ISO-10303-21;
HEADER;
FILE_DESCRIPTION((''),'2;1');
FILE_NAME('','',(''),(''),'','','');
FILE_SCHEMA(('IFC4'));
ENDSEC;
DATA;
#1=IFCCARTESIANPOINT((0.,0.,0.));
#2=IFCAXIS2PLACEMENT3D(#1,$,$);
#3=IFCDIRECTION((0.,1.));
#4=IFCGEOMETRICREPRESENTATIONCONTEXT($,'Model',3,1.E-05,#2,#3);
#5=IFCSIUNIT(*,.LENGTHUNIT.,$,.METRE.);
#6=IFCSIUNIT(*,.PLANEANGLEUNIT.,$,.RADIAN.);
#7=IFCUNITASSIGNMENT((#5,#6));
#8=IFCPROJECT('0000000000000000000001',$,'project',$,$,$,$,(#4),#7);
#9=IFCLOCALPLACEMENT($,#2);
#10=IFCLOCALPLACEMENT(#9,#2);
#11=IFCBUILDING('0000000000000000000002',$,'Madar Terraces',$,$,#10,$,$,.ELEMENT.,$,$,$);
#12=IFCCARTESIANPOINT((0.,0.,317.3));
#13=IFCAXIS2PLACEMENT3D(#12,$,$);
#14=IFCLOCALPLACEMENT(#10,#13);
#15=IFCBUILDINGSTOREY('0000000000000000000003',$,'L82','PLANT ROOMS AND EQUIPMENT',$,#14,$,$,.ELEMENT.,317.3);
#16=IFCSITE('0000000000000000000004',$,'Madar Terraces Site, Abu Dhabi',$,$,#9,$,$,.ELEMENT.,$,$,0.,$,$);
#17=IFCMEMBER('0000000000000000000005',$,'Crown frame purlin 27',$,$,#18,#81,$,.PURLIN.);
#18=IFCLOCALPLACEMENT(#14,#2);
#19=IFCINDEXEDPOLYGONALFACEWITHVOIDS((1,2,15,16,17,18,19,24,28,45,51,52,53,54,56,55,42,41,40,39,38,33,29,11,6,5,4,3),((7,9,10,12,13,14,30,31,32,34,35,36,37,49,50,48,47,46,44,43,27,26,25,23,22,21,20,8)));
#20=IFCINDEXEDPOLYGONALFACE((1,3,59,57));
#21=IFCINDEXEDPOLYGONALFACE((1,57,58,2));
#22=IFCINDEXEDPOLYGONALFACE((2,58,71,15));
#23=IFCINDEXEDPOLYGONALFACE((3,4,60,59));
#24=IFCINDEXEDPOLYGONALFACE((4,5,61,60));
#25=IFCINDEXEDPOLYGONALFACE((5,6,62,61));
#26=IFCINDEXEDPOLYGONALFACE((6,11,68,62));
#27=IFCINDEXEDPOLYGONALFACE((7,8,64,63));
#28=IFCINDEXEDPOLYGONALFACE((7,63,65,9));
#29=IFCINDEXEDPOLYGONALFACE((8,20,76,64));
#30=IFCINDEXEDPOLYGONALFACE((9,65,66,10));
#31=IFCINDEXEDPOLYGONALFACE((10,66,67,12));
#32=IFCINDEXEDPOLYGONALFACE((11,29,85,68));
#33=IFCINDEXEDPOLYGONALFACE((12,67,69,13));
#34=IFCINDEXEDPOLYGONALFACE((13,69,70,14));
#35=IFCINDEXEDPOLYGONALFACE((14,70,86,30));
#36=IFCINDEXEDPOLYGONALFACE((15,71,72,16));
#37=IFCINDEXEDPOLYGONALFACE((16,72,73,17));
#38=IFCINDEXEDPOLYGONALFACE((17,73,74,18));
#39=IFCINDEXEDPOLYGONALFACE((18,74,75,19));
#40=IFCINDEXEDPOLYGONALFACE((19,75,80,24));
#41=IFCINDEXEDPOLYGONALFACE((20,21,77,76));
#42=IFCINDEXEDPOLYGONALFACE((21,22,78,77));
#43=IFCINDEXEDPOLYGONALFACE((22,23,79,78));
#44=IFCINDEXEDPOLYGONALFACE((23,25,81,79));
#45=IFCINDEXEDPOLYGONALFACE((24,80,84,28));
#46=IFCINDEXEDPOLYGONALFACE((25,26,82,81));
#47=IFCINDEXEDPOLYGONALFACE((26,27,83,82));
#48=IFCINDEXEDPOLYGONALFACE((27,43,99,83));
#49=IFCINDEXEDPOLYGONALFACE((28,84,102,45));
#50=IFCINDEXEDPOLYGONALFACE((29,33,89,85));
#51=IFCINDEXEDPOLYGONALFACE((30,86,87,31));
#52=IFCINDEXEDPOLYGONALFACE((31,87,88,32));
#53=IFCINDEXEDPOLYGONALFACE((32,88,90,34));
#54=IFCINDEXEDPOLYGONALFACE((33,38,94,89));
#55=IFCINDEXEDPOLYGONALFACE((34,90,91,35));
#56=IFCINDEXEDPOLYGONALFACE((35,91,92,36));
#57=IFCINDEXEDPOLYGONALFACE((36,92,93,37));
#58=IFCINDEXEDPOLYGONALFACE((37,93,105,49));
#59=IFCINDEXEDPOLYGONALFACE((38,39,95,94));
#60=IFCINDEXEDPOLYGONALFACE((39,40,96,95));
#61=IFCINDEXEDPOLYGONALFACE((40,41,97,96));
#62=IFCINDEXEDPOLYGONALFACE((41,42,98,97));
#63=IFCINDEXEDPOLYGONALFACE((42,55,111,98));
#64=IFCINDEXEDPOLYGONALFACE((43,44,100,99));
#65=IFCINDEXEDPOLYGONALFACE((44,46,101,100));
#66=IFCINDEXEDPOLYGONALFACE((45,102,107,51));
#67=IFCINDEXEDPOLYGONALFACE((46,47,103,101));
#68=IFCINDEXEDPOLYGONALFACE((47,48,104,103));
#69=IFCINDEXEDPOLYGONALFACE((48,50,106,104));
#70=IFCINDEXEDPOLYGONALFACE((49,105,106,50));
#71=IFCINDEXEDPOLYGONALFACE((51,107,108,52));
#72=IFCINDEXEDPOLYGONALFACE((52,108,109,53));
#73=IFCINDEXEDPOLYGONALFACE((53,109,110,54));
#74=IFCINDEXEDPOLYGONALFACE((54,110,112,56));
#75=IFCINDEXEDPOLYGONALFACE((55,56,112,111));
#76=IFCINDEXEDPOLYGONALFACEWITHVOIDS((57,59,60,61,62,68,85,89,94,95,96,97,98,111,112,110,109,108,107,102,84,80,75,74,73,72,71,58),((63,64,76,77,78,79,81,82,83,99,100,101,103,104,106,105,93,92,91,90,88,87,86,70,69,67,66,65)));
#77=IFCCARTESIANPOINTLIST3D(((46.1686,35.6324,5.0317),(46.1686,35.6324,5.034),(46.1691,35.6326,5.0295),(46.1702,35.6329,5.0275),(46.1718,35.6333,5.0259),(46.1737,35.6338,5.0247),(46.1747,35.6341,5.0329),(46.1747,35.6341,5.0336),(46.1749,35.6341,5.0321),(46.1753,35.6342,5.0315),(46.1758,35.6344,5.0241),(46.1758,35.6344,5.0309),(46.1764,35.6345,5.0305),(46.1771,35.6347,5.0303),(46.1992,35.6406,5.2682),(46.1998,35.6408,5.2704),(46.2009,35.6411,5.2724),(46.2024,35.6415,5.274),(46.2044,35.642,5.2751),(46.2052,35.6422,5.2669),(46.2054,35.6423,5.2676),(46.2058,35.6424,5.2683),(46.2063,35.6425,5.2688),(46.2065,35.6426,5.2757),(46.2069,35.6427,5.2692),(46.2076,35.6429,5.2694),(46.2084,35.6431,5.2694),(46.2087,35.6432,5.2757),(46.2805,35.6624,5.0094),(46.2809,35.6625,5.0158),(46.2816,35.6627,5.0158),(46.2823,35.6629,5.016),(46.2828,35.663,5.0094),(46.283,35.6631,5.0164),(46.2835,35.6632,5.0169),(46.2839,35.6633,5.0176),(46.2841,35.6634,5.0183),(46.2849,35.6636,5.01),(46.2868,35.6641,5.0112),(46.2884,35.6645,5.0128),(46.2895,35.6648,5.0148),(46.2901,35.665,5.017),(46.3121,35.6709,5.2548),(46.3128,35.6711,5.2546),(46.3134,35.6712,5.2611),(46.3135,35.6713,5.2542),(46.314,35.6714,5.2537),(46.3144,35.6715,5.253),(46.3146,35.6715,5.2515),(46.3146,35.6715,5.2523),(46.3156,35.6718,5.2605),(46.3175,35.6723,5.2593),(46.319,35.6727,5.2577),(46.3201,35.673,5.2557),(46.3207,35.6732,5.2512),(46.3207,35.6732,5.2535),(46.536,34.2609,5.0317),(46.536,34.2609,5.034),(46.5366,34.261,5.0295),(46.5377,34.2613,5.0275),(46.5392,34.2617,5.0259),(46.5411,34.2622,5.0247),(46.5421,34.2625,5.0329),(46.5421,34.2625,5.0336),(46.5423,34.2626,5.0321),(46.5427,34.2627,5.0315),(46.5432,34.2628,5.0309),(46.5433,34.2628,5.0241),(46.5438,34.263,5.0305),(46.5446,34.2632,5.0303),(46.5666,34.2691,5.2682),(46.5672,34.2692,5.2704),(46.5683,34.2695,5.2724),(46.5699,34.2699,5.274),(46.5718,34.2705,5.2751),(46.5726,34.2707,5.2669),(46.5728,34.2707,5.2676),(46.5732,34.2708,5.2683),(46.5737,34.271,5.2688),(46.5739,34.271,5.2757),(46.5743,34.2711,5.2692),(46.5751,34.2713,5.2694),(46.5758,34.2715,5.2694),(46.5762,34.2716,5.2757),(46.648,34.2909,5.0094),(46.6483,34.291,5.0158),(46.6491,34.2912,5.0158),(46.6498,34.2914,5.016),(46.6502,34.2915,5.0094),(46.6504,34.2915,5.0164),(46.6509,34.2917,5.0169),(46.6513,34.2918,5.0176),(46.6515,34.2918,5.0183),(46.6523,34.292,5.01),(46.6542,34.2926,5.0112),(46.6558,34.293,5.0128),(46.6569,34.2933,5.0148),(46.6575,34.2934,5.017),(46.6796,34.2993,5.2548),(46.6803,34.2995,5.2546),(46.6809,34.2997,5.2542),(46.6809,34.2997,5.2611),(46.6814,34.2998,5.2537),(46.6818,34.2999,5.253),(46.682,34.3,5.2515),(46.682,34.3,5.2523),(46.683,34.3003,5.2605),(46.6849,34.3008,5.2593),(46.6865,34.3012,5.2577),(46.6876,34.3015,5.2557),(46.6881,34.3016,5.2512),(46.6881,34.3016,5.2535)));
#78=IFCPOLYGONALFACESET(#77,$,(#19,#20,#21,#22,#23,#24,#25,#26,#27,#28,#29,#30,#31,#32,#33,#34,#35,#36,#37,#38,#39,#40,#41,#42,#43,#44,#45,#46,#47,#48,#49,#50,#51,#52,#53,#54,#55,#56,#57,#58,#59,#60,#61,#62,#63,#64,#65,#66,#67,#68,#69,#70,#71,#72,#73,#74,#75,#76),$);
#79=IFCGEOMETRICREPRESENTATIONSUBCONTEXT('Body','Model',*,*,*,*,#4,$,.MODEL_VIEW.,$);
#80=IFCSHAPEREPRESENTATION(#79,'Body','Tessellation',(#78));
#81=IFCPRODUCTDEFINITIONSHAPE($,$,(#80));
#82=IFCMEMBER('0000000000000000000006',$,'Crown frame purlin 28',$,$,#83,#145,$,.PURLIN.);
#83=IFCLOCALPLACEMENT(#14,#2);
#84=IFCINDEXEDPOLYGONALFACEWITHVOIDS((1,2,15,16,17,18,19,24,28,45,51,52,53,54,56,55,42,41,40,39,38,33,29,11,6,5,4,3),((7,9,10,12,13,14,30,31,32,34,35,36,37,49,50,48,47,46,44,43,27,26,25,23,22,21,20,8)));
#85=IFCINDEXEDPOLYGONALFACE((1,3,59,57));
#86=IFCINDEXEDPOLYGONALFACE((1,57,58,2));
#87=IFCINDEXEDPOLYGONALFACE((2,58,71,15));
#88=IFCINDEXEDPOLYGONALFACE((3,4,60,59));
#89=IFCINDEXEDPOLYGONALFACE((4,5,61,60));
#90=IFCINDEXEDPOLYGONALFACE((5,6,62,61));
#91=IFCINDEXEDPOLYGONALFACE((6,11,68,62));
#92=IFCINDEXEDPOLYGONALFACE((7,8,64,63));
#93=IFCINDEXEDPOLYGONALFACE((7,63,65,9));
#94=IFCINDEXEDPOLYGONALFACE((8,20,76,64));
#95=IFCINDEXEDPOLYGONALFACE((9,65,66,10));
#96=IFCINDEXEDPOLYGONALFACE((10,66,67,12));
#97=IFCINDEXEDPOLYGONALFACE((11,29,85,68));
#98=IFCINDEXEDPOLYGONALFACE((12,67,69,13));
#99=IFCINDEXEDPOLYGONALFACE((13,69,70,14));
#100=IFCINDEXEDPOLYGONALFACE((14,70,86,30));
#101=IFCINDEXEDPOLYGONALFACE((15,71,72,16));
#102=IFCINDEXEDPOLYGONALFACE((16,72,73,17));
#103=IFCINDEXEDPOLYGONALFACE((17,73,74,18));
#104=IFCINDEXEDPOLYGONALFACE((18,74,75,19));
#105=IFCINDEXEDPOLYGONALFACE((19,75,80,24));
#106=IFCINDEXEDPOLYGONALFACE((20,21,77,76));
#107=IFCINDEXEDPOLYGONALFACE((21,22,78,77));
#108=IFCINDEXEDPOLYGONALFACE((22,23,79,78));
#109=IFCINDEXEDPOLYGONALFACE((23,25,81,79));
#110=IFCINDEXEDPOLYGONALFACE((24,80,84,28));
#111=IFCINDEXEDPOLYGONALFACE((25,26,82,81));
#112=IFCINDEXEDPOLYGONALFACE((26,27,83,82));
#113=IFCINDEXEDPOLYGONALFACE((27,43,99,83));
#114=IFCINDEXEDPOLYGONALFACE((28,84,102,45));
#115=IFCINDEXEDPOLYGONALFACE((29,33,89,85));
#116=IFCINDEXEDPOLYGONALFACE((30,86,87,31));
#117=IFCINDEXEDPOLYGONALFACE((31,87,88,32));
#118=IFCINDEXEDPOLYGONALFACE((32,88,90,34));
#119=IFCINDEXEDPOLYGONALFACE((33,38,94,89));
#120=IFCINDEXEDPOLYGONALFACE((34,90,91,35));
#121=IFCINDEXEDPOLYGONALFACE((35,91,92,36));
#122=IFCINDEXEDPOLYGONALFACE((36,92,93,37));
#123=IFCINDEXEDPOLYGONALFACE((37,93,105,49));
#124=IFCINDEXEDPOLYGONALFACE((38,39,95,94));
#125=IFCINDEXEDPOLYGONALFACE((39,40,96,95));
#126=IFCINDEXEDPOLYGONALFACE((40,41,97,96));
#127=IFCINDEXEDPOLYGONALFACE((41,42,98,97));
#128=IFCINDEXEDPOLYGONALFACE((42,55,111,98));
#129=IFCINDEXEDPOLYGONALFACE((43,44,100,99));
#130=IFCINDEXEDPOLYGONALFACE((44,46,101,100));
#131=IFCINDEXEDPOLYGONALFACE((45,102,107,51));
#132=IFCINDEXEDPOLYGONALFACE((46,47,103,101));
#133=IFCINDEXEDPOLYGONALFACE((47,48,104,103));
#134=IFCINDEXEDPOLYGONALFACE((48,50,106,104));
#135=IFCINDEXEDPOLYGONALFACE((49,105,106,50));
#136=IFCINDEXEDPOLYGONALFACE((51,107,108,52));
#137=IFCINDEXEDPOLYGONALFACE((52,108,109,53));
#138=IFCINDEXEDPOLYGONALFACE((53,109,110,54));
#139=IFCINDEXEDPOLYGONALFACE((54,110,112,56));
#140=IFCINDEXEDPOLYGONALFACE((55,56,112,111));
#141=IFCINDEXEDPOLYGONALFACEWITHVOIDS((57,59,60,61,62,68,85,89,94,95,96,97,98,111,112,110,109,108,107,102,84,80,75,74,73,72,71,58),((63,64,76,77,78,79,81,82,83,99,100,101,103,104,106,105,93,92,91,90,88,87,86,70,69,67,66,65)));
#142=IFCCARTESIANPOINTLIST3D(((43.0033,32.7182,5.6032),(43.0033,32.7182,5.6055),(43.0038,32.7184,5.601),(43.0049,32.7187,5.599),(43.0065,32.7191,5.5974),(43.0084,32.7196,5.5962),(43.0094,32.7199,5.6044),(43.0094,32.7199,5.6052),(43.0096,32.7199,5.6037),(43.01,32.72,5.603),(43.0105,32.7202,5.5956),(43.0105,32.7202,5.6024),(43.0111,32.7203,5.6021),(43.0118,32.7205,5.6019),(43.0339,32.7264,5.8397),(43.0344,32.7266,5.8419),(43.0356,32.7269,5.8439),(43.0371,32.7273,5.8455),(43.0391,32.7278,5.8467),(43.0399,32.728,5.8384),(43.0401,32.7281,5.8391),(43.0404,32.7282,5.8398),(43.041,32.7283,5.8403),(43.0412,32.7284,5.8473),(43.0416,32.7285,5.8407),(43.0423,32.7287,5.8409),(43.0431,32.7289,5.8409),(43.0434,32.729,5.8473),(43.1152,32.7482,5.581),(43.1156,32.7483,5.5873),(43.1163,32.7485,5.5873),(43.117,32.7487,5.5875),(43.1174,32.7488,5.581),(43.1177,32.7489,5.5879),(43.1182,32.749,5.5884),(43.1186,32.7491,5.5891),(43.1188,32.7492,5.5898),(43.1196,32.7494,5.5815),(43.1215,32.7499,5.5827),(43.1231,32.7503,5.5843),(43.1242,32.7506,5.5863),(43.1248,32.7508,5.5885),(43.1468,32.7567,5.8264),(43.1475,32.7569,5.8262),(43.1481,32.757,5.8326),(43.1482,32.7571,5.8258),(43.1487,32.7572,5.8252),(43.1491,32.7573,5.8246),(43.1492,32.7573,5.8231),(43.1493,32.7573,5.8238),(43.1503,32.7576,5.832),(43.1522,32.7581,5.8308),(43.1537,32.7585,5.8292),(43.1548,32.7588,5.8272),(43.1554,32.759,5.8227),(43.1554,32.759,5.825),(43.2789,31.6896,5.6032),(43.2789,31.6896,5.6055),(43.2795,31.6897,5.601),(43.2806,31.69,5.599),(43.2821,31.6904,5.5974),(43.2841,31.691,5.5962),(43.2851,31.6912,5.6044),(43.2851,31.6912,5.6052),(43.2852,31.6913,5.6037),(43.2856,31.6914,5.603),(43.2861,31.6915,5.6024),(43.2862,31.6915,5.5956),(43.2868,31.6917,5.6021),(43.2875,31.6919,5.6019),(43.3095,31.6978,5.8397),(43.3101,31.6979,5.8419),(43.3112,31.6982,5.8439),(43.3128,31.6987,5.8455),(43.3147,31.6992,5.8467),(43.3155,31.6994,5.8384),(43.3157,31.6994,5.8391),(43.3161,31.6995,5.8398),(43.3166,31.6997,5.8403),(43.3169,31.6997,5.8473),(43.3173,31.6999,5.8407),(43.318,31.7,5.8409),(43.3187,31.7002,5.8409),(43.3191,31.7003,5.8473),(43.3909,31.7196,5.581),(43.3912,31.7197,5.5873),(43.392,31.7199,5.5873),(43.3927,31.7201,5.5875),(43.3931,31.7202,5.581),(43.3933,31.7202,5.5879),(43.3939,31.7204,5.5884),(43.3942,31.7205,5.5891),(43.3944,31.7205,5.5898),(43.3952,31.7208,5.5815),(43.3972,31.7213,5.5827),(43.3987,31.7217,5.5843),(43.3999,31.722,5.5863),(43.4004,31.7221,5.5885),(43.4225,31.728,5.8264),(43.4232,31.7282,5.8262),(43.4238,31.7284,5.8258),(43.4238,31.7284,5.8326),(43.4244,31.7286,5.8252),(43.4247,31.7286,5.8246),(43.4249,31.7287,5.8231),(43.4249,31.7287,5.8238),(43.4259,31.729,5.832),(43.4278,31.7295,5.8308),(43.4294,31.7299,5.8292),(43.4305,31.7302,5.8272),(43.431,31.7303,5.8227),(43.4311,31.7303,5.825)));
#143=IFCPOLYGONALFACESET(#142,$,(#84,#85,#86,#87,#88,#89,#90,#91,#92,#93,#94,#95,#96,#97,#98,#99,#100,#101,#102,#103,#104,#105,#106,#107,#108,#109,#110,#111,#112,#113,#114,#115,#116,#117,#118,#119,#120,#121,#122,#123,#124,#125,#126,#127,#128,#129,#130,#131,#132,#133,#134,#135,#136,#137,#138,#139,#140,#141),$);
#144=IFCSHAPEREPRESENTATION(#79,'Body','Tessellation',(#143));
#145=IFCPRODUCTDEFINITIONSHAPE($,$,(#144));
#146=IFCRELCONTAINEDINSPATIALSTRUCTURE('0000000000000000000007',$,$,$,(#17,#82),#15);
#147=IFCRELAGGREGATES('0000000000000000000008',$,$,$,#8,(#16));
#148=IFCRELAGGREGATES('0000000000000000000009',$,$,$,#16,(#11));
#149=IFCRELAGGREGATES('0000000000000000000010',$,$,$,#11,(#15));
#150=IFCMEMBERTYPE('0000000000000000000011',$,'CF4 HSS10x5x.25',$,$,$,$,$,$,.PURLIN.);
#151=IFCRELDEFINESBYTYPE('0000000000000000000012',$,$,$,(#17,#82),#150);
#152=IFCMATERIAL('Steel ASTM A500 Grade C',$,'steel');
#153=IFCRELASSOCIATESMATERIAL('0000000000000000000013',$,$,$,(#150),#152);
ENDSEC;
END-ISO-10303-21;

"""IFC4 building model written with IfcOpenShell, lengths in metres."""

from ifc_helpers import new_model, si_unit, direction, frame, origin, origin_2d, place, context, subcontext, project, spatial, hollow_rectangle, extrude, material, material_profile, profile_set, type_object, element, save


model = new_model("IFC4")

# Units and contexts
model_context = context("Model", 3, precision=1e-05, world=origin(), true_north=direction((0.0, 1.0)))
body_context = subcontext(model_context, "Body", "Model", "MODEL_VIEW")
ifc_project = project(units=[si_unit("LENGTHUNIT", "METRE"), si_unit("PLANEANGLEUNIT", "RADIAN")], contexts=[model_context])

# Site, building, storey
site_placement = place(None, origin())
site = spatial("IfcSite", under=ifc_project, at=site_placement, Name="Madar Terraces Site, Abu Dhabi", CompositionType="ELEMENT", RefElevation=0.0)
building_placement = place(site_placement, origin())
building = spatial("IfcBuilding", under=site, at=building_placement, Name="Madar Terraces", CompositionType="ELEMENT")
storey_placement = place(building_placement, frame((0.0, 0.0, 317.3)))
storey = spatial("IfcBuildingStorey", under=building, at=storey_placement, Name="L82", Description="PLANT ROOMS AND EQUIPMENT", CompositionType="ELEMENT", Elevation=317.3)

# Members
ifc_material_1 = material(Name="Steel ASTM A500 Grade C", Category="steel")
ifc_material_profile = material_profile(ifc_material_1, hollow_rectangle(XDim=0.127, YDim=0.2539, WallThickness=0.0063, InnerFilletRadius=0.0029, OuterFilletRadius=0.0088, at=origin_2d()), Name="HSS10x5x.25")
ifc_profile_set = profile_set([ifc_material_profile], Name="Steel ASTM A500 Grade C")
member_type = type_object("IfcMemberType", Name="CF4 HSS10x5x.25", PredefinedType="PURLIN", material=ifc_profile_set)
member_1_placement = place(storey_placement, frame((46.6121, 34.2812, 5.1426), z_axis=(-0.258765, 0.96594, 0.0), x_axis=(-0.957218, -0.256428, 0.134086)))
element("IfcMember", 1, at=member_1_placement, inside=storey, type_object=member_type, Name="Crown frame purlin 27", PredefinedType="PURLIN", context=body_context, shape_type="SweptSolid", body=[
    extrude(hollow_rectangle(XDim=0.127, YDim=0.2539, WallThickness=0.0063, InnerFilletRadius=0.0029, OuterFilletRadius=0.0088, at=origin_2d()), origin(), (0.0, 0.0, 1.0), 1.4199),
])
member_2_placement = place(storey_placement, frame((43.355, 31.71, 5.7141), z_axis=(-0.258847, 0.965918, 0.0), x_axis=(-0.957196, -0.256509, 0.134086)))
element("IfcMember", 2, at=member_2_placement, inside=storey, type_object=member_type, Name="Crown frame purlin 28", PredefinedType="PURLIN", context=body_context, shape_type="SweptSolid", body=[
    extrude(hollow_rectangle(XDim=0.127, YDim=0.2539, WallThickness=0.0063, InnerFilletRadius=0.0029, OuterFilletRadius=0.0088, at=origin_2d()), origin(), (0.0, 0.0, 1.0), 1.0649),
])

save(model, "model.ifc")
